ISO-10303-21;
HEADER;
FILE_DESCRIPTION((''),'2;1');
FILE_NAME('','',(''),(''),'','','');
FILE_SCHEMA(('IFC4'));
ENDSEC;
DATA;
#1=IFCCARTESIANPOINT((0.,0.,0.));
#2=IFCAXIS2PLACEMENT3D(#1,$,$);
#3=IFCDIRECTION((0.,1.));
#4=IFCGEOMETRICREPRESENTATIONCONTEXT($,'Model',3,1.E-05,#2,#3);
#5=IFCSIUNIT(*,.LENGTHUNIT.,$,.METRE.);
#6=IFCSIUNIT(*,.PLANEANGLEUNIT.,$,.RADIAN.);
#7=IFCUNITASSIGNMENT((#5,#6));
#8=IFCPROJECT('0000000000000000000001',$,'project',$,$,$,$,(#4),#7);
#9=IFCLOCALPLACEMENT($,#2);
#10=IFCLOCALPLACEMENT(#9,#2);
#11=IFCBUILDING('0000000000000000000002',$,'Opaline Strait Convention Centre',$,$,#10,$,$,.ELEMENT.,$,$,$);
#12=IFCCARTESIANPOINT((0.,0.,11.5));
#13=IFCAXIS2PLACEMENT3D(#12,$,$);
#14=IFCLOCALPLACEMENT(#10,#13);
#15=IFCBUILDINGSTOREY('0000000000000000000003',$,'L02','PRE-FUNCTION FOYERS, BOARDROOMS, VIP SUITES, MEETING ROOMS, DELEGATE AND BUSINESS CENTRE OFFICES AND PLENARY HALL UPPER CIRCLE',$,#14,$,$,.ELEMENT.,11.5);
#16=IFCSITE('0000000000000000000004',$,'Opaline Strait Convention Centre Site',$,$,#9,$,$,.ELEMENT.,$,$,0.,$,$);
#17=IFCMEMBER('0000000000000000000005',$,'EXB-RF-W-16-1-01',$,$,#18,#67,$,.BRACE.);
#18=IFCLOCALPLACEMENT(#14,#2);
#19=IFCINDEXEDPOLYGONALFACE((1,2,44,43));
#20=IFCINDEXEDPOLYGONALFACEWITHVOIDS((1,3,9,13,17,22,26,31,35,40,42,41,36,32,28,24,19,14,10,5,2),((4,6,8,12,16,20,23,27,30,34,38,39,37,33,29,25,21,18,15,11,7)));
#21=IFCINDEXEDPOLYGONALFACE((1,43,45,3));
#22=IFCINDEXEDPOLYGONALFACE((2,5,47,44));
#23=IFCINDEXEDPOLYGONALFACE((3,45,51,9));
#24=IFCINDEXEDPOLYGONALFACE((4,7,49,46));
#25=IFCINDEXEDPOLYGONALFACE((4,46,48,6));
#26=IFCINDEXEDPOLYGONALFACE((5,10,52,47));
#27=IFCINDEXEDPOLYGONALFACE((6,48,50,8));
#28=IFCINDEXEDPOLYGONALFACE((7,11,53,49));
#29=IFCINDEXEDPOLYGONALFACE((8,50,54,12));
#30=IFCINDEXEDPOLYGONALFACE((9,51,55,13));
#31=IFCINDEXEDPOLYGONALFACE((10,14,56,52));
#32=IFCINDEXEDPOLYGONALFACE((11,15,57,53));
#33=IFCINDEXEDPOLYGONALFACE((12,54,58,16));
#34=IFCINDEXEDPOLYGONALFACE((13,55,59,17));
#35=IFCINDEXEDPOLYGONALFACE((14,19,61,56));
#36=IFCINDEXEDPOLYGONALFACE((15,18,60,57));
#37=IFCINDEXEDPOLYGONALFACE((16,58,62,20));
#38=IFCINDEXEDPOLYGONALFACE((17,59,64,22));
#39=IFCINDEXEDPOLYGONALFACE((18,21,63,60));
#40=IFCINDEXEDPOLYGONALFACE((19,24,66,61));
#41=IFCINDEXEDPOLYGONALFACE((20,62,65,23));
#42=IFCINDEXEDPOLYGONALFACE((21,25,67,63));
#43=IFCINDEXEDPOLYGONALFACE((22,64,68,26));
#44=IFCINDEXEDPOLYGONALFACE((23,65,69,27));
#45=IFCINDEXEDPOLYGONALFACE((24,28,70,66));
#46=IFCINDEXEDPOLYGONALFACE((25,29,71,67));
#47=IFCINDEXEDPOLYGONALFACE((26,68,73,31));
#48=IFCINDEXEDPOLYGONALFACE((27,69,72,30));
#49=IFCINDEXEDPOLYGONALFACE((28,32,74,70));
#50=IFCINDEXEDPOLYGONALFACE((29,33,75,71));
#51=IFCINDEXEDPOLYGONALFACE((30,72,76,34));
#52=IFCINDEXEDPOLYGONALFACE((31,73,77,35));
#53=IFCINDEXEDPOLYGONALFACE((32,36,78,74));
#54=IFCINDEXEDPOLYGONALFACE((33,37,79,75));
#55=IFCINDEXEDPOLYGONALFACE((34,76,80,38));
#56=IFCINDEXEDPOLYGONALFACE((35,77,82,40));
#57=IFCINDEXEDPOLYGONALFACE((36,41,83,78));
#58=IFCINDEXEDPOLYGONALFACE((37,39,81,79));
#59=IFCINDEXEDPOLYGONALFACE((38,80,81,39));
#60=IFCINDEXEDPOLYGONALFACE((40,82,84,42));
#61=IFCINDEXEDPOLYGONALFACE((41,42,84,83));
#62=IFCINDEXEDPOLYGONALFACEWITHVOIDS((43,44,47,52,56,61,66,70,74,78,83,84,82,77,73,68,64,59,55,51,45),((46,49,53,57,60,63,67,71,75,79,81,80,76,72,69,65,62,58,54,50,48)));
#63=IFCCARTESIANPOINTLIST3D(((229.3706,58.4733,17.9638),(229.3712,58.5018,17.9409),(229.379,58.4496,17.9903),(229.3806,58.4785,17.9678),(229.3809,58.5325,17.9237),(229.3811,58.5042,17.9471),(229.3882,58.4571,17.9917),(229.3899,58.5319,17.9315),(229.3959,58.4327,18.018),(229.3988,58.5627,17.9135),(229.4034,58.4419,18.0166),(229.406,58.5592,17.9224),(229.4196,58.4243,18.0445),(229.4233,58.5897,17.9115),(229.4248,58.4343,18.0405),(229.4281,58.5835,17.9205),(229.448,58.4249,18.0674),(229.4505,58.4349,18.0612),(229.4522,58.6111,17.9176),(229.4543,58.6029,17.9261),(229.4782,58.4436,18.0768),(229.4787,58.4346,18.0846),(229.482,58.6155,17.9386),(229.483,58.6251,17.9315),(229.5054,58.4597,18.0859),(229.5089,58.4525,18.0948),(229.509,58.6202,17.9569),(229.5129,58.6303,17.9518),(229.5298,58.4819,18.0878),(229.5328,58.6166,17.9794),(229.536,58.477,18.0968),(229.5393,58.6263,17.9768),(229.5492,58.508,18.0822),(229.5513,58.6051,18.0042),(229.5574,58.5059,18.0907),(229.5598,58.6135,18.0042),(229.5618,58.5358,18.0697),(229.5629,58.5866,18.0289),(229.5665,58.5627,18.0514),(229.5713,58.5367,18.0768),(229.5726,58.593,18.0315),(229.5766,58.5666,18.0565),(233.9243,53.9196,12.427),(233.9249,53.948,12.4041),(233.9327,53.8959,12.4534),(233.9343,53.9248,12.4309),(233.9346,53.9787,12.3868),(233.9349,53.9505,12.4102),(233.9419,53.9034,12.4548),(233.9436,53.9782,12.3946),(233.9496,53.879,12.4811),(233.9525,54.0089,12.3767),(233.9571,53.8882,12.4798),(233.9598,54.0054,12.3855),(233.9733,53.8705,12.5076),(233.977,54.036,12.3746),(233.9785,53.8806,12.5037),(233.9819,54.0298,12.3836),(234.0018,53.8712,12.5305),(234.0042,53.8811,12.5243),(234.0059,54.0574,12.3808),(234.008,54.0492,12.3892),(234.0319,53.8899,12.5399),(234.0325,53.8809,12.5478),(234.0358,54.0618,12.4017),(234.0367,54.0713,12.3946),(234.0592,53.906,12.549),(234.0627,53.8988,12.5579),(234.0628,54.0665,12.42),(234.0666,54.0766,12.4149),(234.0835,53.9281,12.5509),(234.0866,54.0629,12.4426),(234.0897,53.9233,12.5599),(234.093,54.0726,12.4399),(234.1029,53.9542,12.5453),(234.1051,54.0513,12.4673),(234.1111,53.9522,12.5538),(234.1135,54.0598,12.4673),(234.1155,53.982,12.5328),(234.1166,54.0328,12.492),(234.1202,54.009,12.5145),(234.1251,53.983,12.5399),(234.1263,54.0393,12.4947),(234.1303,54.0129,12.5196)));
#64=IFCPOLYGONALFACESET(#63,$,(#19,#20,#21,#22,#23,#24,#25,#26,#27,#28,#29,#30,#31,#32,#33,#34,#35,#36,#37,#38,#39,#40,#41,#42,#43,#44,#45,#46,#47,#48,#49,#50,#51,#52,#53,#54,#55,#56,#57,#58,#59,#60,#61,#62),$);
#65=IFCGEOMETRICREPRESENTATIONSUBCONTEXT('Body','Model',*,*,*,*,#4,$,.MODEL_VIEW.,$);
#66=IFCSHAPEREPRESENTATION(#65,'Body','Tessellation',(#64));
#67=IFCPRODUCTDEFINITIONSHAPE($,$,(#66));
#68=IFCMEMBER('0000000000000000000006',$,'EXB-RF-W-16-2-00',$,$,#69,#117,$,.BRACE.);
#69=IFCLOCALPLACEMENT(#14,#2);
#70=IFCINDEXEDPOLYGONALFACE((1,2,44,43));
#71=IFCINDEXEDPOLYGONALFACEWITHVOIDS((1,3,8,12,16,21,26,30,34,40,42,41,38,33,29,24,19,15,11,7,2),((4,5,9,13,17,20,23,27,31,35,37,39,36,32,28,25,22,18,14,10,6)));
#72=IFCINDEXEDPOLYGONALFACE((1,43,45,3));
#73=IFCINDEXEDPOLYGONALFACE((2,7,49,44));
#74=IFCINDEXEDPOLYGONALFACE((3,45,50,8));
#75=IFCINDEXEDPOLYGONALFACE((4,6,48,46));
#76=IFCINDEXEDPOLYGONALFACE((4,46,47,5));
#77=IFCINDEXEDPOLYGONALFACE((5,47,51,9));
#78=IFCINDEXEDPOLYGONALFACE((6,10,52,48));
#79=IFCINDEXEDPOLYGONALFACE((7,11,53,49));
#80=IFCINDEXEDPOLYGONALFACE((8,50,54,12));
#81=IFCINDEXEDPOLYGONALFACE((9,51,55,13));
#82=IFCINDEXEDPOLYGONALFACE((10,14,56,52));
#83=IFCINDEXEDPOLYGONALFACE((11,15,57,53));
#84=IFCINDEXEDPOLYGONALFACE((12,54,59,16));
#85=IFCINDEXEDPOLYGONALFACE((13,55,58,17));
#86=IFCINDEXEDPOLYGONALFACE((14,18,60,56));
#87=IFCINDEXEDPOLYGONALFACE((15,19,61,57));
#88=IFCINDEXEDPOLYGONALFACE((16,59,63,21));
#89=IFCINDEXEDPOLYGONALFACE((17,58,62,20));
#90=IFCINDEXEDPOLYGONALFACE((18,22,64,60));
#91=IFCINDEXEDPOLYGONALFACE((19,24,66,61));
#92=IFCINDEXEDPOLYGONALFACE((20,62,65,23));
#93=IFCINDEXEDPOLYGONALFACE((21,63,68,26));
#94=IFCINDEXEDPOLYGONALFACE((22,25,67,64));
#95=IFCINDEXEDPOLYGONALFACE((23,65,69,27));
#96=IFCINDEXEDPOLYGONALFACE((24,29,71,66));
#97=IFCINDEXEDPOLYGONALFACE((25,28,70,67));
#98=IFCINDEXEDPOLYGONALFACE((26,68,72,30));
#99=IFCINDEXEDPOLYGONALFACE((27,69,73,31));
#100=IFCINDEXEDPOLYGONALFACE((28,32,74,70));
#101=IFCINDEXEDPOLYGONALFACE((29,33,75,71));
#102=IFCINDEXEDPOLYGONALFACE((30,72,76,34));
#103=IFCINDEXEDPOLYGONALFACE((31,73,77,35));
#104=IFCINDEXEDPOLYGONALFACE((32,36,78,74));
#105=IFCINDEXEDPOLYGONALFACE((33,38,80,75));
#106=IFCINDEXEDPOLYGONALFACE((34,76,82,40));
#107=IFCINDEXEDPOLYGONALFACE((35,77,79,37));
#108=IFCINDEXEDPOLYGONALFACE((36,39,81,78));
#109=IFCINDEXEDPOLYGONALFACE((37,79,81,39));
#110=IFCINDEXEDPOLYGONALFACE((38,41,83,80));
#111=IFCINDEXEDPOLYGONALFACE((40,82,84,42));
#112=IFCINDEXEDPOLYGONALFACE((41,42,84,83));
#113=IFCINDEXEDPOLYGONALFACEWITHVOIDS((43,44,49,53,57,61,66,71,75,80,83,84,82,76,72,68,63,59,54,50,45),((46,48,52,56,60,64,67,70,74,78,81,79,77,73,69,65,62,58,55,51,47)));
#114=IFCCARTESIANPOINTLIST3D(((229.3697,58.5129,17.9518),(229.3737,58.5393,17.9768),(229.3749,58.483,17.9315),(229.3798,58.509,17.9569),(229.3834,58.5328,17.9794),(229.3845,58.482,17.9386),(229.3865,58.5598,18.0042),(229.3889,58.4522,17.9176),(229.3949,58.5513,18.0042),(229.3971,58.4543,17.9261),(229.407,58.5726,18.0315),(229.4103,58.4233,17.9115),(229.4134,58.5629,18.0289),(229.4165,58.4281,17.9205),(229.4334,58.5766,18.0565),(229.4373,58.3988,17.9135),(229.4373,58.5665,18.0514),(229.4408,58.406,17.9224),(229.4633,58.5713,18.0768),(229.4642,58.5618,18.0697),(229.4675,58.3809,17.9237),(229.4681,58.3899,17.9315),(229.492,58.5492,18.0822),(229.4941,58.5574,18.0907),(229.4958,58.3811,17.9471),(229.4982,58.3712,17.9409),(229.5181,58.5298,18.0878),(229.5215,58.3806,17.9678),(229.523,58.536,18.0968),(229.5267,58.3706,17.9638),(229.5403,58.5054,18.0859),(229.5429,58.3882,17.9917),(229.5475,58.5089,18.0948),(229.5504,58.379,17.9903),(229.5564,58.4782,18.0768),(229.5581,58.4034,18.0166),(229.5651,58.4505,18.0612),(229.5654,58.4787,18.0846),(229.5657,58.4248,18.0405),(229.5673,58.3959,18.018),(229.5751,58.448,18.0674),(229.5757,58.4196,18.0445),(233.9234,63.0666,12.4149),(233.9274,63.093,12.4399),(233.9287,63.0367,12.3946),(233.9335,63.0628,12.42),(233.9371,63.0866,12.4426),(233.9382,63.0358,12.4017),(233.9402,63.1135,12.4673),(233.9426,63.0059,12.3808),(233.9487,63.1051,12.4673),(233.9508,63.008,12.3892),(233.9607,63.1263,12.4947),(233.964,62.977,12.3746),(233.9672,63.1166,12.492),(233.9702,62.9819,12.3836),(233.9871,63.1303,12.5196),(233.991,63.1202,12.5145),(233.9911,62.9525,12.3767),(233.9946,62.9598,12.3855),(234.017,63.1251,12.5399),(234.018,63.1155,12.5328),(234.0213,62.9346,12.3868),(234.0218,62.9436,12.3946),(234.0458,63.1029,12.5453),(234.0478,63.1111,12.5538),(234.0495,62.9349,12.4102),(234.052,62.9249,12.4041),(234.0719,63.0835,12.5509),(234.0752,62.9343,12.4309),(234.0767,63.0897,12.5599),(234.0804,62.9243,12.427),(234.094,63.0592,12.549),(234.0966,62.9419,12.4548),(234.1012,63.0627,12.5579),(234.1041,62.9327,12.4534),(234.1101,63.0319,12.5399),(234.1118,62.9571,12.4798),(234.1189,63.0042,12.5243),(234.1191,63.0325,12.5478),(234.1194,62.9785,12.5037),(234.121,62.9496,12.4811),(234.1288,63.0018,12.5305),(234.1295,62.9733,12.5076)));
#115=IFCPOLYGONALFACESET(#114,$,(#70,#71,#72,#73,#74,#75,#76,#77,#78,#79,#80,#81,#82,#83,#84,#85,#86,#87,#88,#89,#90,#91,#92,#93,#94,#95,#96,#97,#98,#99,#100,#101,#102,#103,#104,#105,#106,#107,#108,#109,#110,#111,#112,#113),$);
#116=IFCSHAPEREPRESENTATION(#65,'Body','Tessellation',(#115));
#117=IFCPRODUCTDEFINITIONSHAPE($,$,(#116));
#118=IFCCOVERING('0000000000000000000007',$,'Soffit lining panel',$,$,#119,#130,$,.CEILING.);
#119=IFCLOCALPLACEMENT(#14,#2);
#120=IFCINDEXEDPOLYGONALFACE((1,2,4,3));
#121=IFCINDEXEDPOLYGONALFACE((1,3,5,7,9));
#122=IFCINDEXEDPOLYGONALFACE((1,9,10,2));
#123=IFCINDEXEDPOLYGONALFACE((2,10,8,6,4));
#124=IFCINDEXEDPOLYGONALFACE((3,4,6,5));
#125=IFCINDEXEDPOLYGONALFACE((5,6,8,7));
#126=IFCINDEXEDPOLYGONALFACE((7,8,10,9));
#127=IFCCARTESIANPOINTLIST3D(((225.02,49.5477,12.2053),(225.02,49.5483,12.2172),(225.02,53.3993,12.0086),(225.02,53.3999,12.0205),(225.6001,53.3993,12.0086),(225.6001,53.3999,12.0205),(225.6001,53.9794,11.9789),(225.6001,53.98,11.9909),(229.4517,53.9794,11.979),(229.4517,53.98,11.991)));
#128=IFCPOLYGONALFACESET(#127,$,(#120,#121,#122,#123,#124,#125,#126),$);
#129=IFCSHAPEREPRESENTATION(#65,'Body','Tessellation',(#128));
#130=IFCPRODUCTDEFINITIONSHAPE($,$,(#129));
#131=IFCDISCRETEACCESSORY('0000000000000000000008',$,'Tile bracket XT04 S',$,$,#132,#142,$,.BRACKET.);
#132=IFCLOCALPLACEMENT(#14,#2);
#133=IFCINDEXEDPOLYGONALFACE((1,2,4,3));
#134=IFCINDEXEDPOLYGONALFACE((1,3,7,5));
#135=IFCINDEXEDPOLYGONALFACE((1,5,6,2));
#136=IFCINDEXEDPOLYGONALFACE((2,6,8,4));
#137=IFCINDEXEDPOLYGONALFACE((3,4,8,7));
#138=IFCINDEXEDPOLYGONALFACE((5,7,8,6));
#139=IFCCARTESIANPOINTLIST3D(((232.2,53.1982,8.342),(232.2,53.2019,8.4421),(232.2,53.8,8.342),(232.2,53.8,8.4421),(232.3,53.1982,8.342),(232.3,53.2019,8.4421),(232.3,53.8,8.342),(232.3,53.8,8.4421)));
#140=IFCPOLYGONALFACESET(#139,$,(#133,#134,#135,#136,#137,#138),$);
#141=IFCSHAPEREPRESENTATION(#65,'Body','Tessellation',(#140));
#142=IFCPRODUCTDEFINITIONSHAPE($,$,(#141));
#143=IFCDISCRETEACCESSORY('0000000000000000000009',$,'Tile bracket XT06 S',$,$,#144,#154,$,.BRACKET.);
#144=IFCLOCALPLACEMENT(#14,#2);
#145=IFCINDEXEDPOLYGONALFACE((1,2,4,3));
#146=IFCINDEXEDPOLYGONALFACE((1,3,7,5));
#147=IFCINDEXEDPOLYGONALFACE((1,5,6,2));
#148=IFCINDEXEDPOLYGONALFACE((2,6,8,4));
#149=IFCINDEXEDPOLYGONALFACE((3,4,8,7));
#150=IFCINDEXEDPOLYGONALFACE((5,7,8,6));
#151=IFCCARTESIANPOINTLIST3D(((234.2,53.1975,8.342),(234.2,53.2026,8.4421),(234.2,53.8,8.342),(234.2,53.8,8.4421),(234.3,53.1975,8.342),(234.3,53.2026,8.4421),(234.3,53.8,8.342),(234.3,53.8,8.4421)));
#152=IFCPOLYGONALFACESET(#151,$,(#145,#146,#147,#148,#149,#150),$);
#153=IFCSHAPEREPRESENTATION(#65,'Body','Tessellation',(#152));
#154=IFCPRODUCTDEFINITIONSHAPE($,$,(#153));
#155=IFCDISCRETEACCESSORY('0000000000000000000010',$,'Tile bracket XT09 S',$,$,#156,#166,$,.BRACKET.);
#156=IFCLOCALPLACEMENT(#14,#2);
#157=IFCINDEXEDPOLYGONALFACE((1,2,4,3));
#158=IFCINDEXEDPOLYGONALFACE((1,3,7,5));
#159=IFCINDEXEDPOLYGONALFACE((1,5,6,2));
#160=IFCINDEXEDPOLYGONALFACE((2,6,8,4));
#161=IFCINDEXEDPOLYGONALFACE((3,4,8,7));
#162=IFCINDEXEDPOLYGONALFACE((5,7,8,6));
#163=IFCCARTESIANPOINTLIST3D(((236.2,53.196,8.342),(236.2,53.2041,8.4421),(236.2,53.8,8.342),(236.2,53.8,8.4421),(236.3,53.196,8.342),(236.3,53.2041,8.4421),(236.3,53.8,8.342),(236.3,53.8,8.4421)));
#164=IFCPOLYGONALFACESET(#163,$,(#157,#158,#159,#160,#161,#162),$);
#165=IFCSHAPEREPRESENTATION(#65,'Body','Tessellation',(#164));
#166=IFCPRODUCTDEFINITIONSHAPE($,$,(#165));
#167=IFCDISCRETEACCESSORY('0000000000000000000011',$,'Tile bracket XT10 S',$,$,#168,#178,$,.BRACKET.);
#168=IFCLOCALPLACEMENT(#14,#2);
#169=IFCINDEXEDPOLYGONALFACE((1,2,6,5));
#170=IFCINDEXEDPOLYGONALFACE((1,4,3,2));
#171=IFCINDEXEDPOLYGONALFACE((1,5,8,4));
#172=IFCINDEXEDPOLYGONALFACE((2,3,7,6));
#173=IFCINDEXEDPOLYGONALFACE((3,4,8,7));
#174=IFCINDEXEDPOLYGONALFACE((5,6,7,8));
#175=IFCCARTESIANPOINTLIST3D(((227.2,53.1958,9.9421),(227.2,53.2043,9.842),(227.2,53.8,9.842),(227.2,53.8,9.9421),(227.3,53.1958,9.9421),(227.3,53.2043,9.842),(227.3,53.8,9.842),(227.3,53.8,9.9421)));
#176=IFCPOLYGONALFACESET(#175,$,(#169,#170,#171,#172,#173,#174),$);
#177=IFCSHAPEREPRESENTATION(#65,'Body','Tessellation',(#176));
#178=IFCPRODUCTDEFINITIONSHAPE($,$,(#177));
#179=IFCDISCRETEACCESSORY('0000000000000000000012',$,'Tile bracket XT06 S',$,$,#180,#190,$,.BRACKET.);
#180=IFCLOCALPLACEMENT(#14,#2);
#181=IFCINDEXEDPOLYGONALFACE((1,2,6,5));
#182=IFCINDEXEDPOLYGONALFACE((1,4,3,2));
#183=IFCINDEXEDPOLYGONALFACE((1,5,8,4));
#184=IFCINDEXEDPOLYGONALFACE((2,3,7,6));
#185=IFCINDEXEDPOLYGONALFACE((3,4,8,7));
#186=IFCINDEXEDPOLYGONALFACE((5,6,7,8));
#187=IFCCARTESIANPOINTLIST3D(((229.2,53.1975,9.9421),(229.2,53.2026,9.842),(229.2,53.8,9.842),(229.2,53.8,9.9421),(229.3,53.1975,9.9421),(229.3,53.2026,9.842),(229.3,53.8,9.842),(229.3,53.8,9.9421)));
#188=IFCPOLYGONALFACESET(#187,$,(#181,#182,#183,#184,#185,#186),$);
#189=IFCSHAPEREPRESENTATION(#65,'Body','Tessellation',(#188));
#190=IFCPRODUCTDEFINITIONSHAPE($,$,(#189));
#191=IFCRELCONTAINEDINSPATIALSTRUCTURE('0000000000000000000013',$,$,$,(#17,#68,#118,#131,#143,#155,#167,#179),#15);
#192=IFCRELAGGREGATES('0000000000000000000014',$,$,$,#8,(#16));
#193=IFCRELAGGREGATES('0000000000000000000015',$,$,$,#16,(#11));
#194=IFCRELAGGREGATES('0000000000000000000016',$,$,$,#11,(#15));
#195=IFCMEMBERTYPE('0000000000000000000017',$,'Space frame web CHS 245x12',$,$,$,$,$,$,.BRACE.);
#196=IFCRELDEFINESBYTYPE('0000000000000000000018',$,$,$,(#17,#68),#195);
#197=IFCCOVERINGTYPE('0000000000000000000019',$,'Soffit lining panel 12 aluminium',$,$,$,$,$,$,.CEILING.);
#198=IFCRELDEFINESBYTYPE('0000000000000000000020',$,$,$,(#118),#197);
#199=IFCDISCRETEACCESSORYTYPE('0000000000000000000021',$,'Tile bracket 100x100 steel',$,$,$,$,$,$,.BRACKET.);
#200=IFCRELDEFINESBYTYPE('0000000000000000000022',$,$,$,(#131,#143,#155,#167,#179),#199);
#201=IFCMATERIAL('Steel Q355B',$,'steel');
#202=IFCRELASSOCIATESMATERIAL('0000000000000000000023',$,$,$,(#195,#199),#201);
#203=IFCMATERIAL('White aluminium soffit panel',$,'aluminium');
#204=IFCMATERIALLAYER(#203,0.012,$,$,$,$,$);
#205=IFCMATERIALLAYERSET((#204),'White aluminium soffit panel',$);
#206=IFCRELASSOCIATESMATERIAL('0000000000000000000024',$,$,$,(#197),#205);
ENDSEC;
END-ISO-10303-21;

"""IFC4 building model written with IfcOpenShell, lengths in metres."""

from ifc_helpers import new_model, si_unit, direction, frame, origin, origin_2d, place, context, subcontext, project, spatial, polyline, hollow_circle, outline, extrude, material, layer, layer_set, material_profile, profile_set, type_object, element, save


model = new_model("IFC4")

# Units and contexts
model_context = context("Model", 3, precision=1e-05, world=origin(), true_north=direction((0.0, 1.0)))
body_context = subcontext(model_context, "Body", "Model", "MODEL_VIEW")
ifc_project = project(units=[si_unit("LENGTHUNIT", "METRE"), si_unit("PLANEANGLEUNIT", "RADIAN")], contexts=[model_context])

# Site, building, storey
site_placement = place(None, origin())
site = spatial("IfcSite", under=ifc_project, at=site_placement, Name="Opaline Strait Convention Centre Site", CompositionType="ELEMENT", RefElevation=0.0)
building_placement = place(site_placement, origin())
building = spatial("IfcBuilding", under=site, at=building_placement, Name="Opaline Strait Convention Centre", CompositionType="ELEMENT")
storey_placement = place(building_placement, frame((0.0, 0.0, 11.5)))
storey = spatial("IfcBuildingStorey", under=building, at=storey_placement, Name="L02", Description="PRE-FUNCTION FOYERS, BOARDROOMS, VIP SUITES, MEETING ROOMS, DELEGATE AND BUSINESS CENTRE OFFICES AND PLENARY HALL UPPER CIRCLE", CompositionType="ELEMENT", Elevation=11.5)

# Members
ifc_material_1 = material(Name="Steel Q355B", Category="steel")
ifc_material_profile_1 = material_profile(ifc_material_1, hollow_circle(Radius=0.1226, WallThickness=0.012, at=origin_2d()), Name="CHS 245x12")
ifc_profile_set_1 = profile_set([ifc_material_profile_1], Name="Steel Q355B")
member_type_1 = type_object("IfcMemberType", Name="Space frame web CHS 245x12", PredefinedType="BRACE", material=ifc_profile_set_1)
for number, where, z_axis, x_axis, name in (
    (1, (229.4731, 58.5269, 18.0042), (0.536178, -0.536178, -0.65194), (0.707107, 0.707107, 0.0), "EXB-RF-W-16-1-01"),
    (2, (229.4731, 58.4731, 18.0042), (0.536178, 0.536178, -0.65194), (-0.707107, 0.707107, 0.0), "EXB-RF-W-16-2-00"),
):
    element("IfcMember", number, at=place(storey_placement, frame(where, z_axis=z_axis, x_axis=x_axis)), inside=storey, type_object=member_type_1, Name=name, PredefinedType="BRACE", context=body_context, shape_type="SweptSolid", body=[
        extrude(hollow_circle(Radius=0.1226, WallThickness=0.012, at=origin_2d()), origin(), (0.0, 0.0, 1.0), 8.4929),
    ])

# Covering
ifc_material_2 = material(Name="White aluminium soffit panel", Category="aluminium")
ifc_layer = layer(ifc_material_2, 0.012)
ifc_layer_set = layer_set([ifc_layer], Name="White aluminium soffit panel")
covering_type = type_object("IfcCoveringType", Name="Soffit lining panel 12 aluminium", PredefinedType="CEILING", material=ifc_layer_set)
covering_placement = place(storey_placement, frame((229.4517, 53.98, 11.991), z_axis=(-0.000019, 0.051007, 0.998698), x_axis=(-0.706646, -0.706647, 0.036077)))
element("IfcCovering", 3, at=covering_placement, inside=storey, type_object=covering_type, Name="Soffit lining panel", PredefinedType="CEILING", context=body_context, shape_type="SweptSolid", body=[
    extrude(outline(polyline([(0.0, 0.0), (6.2714, 0.0), (3.5426, -2.7252), (3.1327, -2.3148), (2.7217, -2.7252), (0.0, 0.0)])), origin(), (0.0, 0.0, -1.0), 0.012),
])

# Discrete accessories
discrete_accessory_type = type_object("IfcDiscreteAccessoryType", Name="Tile bracket 100x100 steel", PredefinedType="BRACKET", material=ifc_material_1)
discrete_accessory_1_placement = place(storey_placement, frame((232.2, 53.8, 8.3921), z_axis=(1.0, 0.0, 0.0), x_axis=(0.0, 1.0, 0.0)))
element("IfcDiscreteAccessory", 4, at=discrete_accessory_1_placement, inside=storey, type_object=discrete_accessory_type, Name="Tile bracket XT04 S", PredefinedType="BRACKET", context=body_context, shape_type="SweptSolid", body=[
    extrude(outline(polyline([(0.0, -0.05), (0.0, 0.05), (-0.5981, 0.05), (-0.6018, -0.05), (0.0, -0.05)])), origin(), (0.0, 0.0, 1.0), 0.1001),
])
discrete_accessory_2_placement = place(storey_placement, frame((234.2, 53.8, 8.3921), z_axis=(1.0, 0.0, 0.0), x_axis=(0.0, 1.0, 0.0)))
element("IfcDiscreteAccessory", 5, at=discrete_accessory_2_placement, inside=storey, type_object=discrete_accessory_type, Name="Tile bracket XT06 S", PredefinedType="BRACKET", context=body_context, shape_type="SweptSolid", body=[
    extrude(outline(polyline([(0.0, -0.05), (0.0, 0.05), (-0.5974, 0.05), (-0.6025, -0.05), (0.0, -0.05)])), origin(), (0.0, 0.0, 1.0), 0.1001),
])
discrete_accessory_3_placement = place(storey_placement, frame((236.2, 53.8, 8.3921), z_axis=(1.0, 0.0, 0.0), x_axis=(0.0, 1.0, 0.0)))
element("IfcDiscreteAccessory", 6, at=discrete_accessory_3_placement, inside=storey, type_object=discrete_accessory_type, Name="Tile bracket XT09 S", PredefinedType="BRACKET", context=body_context, shape_type="SweptSolid", body=[
    extrude(outline(polyline([(0.0, -0.05), (0.0, 0.05), (-0.5959, 0.05), (-0.604, -0.05), (0.0, -0.05)])), origin(), (0.0, 0.0, 1.0), 0.1001),
])
discrete_accessory_4_placement = place(storey_placement, frame((227.2, 53.8, 9.8921), z_axis=(1.0, 0.0, 0.0), x_axis=(0.0, 1.0, 0.0)))
element("IfcDiscreteAccessory", 7, at=discrete_accessory_4_placement, inside=storey, type_object=discrete_accessory_type, Name="Tile bracket XT10 S", PredefinedType="BRACKET", context=body_context, shape_type="SweptSolid", body=[
    extrude(outline(polyline([(0.0, -0.05), (0.0, 0.05), (-0.6042, 0.05), (-0.5957, -0.05), (0.0, -0.05)])), origin(), (0.0, 0.0, 1.0), 0.1001),
])
discrete_accessory_5_placement = place(storey_placement, frame((229.2, 53.8, 9.8921), z_axis=(1.0, 0.0, 0.0), x_axis=(0.0, 1.0, 0.0)))
element("IfcDiscreteAccessory", 8, at=discrete_accessory_5_placement, inside=storey, type_object=discrete_accessory_type, Name="Tile bracket XT06 S", PredefinedType="BRACKET", context=body_context, shape_type="SweptSolid", body=[
    extrude(outline(polyline([(0.0, -0.05), (0.0, 0.05), (-0.6025, 0.05), (-0.5974, -0.05), (0.0, -0.05)])), origin(), (0.0, 0.0, 1.0), 0.1001),
])

save(model, "model.ifc")
